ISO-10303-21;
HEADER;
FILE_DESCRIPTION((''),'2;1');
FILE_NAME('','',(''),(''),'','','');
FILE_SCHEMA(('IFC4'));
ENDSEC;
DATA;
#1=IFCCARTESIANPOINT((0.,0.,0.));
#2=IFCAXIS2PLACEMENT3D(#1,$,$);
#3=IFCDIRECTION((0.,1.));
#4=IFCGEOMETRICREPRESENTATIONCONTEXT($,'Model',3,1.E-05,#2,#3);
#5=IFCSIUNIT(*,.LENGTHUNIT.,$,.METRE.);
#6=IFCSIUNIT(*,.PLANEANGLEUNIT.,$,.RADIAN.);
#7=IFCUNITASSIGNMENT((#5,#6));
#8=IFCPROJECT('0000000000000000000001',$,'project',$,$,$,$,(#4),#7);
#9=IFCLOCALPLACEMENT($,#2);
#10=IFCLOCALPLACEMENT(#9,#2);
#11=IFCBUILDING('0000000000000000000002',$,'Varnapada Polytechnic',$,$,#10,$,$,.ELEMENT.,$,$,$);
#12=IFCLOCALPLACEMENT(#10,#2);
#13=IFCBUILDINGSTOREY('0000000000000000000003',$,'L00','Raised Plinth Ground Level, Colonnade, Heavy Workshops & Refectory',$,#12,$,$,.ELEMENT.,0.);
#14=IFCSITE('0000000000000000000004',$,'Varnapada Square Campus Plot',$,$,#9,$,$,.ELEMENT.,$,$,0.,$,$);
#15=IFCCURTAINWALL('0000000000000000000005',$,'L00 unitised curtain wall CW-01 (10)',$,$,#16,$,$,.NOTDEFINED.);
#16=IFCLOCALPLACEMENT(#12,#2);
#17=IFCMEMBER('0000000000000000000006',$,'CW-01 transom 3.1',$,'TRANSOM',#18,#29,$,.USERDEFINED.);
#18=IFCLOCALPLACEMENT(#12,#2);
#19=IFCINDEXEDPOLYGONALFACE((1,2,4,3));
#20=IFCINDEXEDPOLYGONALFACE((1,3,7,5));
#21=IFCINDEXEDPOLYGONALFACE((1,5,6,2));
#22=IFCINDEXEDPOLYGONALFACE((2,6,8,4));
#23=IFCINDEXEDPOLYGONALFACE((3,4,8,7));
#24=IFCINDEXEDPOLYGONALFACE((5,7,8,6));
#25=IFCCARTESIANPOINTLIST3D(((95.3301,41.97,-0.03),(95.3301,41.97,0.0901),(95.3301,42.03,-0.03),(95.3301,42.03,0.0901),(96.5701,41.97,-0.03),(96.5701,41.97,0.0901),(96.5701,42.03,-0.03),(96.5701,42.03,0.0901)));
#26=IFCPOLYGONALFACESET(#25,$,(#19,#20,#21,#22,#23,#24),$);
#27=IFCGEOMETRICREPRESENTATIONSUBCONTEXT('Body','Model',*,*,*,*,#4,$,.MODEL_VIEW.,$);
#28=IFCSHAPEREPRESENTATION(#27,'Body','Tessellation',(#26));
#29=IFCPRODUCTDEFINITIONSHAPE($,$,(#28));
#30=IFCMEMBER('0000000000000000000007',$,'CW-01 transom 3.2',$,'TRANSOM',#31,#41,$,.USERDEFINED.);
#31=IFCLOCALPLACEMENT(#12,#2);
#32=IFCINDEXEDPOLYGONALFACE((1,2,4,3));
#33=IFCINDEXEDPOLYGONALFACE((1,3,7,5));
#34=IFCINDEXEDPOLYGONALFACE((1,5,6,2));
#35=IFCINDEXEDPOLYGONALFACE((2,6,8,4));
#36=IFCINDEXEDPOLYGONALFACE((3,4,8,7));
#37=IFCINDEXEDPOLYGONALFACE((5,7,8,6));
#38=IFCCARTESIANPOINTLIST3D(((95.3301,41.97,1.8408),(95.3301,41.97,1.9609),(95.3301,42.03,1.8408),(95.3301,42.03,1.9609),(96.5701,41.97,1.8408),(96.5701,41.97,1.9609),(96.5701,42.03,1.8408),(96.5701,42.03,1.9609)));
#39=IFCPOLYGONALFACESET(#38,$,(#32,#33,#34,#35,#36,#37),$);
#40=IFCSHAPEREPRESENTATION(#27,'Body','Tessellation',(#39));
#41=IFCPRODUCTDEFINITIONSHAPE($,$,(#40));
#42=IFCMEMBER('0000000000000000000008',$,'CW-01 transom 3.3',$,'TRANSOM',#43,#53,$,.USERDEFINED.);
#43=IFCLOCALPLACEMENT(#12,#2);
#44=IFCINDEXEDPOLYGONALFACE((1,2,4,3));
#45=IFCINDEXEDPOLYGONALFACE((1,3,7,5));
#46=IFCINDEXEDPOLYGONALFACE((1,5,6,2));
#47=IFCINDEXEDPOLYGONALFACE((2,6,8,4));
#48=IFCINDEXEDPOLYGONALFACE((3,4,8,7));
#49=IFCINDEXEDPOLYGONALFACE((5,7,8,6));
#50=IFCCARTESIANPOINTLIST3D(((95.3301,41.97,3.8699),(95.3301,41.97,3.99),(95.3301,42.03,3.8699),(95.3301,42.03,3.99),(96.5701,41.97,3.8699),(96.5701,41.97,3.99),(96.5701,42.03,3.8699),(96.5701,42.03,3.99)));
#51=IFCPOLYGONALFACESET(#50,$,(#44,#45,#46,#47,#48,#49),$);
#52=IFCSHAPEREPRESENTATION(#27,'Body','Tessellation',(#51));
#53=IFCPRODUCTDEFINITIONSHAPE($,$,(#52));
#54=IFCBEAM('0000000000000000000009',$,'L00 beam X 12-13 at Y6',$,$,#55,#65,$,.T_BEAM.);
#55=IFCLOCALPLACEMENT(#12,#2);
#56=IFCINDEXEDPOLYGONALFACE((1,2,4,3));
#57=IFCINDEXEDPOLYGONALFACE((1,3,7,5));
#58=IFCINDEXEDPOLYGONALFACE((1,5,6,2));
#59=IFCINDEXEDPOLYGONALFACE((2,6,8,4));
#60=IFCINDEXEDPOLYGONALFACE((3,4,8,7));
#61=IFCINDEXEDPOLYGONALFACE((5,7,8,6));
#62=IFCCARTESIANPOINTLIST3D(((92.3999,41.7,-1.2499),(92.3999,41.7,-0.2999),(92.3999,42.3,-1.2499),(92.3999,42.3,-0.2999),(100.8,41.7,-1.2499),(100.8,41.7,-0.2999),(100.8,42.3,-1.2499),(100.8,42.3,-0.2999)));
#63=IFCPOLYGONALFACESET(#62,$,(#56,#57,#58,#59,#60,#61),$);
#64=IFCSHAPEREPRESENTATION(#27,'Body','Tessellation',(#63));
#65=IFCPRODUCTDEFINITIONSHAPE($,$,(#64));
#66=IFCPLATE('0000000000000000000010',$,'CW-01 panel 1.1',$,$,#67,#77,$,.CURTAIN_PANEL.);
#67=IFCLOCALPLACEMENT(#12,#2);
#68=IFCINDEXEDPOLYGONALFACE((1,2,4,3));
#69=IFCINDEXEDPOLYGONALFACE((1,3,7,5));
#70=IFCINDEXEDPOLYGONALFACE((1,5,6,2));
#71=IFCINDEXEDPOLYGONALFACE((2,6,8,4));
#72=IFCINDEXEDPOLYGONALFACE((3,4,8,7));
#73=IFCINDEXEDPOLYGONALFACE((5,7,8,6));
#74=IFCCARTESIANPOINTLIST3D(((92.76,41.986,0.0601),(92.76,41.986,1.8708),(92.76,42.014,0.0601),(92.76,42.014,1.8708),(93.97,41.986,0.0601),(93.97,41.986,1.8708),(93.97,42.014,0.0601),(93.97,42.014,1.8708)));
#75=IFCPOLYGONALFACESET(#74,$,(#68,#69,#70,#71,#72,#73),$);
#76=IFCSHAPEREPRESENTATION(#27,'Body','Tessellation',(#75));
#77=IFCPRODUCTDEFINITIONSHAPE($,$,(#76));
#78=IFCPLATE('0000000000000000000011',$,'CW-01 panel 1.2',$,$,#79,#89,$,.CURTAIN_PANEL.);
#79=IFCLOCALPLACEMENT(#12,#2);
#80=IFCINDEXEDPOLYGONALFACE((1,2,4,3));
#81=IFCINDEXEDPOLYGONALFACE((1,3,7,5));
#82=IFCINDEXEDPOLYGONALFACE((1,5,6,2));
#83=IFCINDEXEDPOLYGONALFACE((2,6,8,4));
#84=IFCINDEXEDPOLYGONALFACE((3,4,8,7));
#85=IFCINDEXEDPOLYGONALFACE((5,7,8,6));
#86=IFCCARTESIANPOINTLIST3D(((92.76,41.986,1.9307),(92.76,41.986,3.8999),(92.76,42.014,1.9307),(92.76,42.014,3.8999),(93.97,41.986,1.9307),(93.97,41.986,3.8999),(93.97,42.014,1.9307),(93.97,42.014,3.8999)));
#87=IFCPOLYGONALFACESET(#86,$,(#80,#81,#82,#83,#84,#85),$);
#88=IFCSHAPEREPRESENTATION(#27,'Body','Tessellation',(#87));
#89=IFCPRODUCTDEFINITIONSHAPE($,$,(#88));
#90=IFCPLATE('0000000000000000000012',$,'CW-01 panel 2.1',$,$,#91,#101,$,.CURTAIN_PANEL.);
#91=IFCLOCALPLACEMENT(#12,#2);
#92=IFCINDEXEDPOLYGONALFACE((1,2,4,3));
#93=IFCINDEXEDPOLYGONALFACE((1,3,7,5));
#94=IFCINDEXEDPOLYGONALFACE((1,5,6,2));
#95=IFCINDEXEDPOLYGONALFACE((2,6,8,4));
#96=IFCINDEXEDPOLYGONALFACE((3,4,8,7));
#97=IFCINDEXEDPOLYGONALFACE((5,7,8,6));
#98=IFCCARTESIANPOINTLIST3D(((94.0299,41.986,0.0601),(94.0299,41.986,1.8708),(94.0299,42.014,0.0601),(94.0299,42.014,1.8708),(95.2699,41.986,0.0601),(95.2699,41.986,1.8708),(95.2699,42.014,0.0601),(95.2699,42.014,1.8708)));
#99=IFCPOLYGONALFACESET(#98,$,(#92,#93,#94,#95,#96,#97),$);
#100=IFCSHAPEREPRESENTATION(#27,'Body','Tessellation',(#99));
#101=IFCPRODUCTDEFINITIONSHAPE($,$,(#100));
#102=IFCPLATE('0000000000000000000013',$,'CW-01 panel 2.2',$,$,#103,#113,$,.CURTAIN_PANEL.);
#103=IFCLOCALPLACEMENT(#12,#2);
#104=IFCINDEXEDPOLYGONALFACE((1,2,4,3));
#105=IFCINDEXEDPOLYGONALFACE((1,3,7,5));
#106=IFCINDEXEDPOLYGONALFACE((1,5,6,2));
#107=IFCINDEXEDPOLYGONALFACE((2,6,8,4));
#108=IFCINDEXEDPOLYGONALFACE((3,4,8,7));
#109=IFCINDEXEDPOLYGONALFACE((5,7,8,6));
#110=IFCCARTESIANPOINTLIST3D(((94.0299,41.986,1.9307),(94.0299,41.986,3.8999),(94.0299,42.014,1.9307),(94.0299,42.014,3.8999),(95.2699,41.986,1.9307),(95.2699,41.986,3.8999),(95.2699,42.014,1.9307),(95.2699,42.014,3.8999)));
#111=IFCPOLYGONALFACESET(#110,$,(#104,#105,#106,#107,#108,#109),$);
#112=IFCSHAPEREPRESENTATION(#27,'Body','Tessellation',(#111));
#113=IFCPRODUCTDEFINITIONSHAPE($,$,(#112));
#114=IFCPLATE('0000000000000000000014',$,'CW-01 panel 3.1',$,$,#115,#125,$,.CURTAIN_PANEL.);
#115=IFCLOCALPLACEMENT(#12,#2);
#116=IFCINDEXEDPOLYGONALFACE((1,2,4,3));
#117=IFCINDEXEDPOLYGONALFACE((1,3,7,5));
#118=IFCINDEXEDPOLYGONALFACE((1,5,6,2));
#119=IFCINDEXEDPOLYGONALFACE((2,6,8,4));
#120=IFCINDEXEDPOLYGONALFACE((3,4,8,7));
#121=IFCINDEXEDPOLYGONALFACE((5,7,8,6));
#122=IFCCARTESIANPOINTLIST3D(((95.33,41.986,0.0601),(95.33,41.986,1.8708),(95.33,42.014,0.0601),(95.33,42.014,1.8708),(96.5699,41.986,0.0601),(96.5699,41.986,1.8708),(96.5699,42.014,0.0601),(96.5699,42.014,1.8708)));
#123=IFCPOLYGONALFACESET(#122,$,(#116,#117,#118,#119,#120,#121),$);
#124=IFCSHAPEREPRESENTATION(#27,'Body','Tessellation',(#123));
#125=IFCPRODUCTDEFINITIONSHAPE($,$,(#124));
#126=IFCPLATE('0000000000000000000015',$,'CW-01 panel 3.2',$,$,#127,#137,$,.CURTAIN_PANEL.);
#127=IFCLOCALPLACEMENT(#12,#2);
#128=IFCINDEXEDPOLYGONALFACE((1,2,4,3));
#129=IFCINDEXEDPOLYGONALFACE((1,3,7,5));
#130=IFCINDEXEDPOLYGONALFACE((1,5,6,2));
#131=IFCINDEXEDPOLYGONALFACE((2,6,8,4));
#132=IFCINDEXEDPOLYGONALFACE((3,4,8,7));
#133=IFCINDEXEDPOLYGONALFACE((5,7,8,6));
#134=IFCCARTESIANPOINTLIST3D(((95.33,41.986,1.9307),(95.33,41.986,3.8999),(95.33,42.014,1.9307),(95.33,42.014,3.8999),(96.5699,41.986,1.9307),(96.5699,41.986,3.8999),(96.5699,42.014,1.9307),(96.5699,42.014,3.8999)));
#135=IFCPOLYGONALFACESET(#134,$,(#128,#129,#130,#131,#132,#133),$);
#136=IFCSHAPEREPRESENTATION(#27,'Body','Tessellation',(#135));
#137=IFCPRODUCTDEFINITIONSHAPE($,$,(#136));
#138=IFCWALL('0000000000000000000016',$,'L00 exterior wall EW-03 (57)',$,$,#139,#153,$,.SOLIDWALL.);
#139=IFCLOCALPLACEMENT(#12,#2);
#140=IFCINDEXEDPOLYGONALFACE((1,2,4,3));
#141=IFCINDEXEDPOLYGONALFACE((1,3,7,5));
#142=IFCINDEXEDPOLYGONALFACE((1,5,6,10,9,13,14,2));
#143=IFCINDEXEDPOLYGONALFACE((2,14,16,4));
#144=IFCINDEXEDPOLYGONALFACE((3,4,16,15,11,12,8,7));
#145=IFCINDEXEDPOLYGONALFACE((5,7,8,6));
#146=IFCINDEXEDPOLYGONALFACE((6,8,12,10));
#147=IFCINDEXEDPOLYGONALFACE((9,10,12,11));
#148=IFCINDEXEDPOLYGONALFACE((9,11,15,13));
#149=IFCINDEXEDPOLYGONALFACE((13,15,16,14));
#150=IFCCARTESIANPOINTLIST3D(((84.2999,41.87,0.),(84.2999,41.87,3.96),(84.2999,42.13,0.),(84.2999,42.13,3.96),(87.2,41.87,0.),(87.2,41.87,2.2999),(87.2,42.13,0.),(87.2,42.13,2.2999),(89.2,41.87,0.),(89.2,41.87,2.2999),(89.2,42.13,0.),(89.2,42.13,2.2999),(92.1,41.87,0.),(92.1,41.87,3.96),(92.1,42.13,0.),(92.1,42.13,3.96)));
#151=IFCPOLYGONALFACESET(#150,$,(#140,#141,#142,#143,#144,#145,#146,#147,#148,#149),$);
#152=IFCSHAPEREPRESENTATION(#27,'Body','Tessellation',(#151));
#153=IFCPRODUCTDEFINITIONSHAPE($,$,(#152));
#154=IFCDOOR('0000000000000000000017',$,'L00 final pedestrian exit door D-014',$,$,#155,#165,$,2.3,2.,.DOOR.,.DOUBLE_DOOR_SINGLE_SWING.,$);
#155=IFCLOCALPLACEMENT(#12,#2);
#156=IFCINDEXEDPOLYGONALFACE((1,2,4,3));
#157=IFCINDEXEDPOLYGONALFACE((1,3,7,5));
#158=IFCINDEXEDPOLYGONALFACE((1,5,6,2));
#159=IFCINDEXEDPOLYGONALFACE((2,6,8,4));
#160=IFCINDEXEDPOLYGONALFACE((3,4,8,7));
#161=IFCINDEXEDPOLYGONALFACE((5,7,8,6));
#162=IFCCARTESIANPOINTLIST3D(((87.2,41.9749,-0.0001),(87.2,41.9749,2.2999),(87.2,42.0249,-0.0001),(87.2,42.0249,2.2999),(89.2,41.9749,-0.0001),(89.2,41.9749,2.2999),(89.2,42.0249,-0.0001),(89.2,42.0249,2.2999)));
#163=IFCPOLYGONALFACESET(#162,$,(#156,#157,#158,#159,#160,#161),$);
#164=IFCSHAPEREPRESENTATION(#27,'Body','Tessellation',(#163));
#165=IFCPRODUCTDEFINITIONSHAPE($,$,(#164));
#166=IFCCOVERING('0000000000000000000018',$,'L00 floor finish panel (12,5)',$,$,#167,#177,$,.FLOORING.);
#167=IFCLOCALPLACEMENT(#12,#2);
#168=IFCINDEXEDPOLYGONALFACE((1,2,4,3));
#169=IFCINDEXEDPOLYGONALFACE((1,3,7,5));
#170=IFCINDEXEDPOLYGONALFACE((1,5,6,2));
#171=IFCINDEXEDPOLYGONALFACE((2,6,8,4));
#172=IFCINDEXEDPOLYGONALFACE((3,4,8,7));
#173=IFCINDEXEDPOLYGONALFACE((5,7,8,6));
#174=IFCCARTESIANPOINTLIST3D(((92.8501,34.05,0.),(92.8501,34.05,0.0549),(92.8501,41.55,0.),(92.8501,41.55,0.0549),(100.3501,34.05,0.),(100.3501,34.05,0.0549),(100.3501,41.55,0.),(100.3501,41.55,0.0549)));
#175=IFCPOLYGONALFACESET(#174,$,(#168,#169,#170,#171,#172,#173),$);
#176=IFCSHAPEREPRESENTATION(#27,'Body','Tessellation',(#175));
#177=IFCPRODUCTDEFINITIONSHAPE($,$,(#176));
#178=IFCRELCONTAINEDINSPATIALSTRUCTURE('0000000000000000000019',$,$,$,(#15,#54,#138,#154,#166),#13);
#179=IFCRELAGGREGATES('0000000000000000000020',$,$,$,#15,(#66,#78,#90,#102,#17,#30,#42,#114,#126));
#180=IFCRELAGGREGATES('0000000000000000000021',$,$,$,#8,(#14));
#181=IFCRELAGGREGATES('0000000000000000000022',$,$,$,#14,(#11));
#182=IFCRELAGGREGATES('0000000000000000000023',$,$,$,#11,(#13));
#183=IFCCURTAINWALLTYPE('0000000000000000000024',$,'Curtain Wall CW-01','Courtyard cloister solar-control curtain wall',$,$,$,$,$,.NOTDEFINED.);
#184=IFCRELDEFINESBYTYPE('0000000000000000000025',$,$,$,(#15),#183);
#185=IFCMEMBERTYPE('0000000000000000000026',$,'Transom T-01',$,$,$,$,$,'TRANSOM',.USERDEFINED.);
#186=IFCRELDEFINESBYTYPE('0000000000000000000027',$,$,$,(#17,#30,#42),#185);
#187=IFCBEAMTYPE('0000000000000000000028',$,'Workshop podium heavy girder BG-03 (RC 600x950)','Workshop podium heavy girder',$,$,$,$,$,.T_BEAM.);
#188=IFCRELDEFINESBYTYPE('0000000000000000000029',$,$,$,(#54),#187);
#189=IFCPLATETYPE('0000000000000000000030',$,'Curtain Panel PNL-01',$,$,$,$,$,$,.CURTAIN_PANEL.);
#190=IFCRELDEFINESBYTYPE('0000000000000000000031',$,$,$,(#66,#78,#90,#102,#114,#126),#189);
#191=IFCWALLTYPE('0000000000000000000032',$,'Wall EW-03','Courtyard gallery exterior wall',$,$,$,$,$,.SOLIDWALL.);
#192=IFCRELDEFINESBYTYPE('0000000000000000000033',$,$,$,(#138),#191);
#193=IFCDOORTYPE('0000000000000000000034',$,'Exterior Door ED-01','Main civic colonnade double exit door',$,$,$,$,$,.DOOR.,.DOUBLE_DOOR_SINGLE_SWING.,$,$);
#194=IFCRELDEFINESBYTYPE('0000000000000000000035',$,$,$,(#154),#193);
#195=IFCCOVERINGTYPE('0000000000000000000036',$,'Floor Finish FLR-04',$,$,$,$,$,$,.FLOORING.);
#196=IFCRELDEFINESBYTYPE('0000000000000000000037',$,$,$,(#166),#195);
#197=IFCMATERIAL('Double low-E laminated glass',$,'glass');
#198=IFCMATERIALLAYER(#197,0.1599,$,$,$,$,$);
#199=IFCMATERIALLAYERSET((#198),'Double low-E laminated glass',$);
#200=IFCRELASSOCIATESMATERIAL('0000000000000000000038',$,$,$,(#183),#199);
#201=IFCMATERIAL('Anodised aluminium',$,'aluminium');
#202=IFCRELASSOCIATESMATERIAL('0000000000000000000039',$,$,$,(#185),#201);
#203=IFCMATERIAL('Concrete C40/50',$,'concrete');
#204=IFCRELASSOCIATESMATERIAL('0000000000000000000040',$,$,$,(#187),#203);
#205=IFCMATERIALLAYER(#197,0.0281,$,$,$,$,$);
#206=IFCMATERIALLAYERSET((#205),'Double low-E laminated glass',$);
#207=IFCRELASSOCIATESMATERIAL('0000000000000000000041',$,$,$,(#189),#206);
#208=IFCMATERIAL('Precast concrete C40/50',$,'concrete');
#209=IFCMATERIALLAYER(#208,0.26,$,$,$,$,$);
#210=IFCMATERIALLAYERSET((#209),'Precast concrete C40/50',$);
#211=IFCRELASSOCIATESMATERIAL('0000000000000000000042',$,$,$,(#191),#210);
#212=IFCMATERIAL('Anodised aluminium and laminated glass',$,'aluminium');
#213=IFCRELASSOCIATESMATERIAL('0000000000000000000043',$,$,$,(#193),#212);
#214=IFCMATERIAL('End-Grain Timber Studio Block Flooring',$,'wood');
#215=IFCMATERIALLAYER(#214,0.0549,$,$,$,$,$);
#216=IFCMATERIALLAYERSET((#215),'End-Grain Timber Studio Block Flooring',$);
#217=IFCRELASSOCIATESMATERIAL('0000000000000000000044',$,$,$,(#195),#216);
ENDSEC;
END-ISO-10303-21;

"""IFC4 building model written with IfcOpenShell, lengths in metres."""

from ifc_helpers import new_model, si_unit, direction, frame, frame_2d, origin, origin_2d, place, context, subcontext, project, spatial, rectangle, extrude, material, layer, layer_set, material_profile, profile_set, type_object, element, fill, aggregate, save


model = new_model("IFC4")

# Units and contexts
model_context = context("Model", 3, precision=1e-05, world=origin(), true_north=direction((0.0, 1.0)))
body_context = subcontext(model_context, "Body", "Model", "MODEL_VIEW")
ifc_project = project(units=[si_unit("LENGTHUNIT", "METRE"), si_unit("PLANEANGLEUNIT", "RADIAN")], contexts=[model_context])

# Site, building, storey
site_placement = place(None, origin())
site = spatial("IfcSite", under=ifc_project, at=site_placement, Name="Varnapada Square Campus Plot", CompositionType="ELEMENT", RefElevation=0.0)
building_placement = place(site_placement, origin())
building = spatial("IfcBuilding", under=site, at=building_placement, Name="Varnapada Polytechnic", CompositionType="ELEMENT")
storey_placement = place(building_placement, origin())
storey = spatial("IfcBuildingStorey", under=building, at=storey_placement, Name="L00", Description="Raised Plinth Ground Level, Colonnade, Heavy Workshops & Refectory", CompositionType="ELEMENT", Elevation=0.0)

# Shared definitions
ifc_material_1 = material(Name="Concrete C40/50", Category="concrete")

# Curtain wall
ifc_material_2 = material(Name="Double low-E laminated glass", Category="glass")
ifc_layer_1 = layer(ifc_material_2, 0.1599)
ifc_layer_set_1 = layer_set([ifc_layer_1], Name="Double low-E laminated glass")
curtain_wall_type = type_object("IfcCurtainWallType", Name="Curtain Wall CW-01", Description="Courtyard cloister solar-control curtain wall", PredefinedType="NOTDEFINED", material=ifc_layer_set_1)
curtain_wall_placement = place(storey_placement, origin())
curtain_wall = element("IfcCurtainWall", 1, at=curtain_wall_placement, inside=storey, type_object=curtain_wall_type, Name="L00 unitised curtain wall CW-01 (10)", PredefinedType="NOTDEFINED")
ifc_material_3 = material(Name="Anodised aluminium", Category="aluminium")

# Members
ifc_material_profile_1 = material_profile(ifc_material_3, rectangle(XDim=0.0601, YDim=0.1201, at=origin_2d()), Name="ALU T60x120")
ifc_profile_set_1 = profile_set([ifc_material_profile_1], Name="Anodised aluminium")
member_type_1 = type_object("IfcMemberType", Name="Transom T-01", ElementType="TRANSOM", PredefinedType="USERDEFINED", material=ifc_profile_set_1)
member_1_placement = place(storey_placement, frame((95.3301, 42.0, 0.03), z_axis=(1.0, 0.0, 0.0), x_axis=(0.0, 1.0, 0.0)))
member_1 = element("IfcMember", 2, at=member_1_placement, type_object=member_type_1, Name="CW-01 transom 3.1", ObjectType="TRANSOM", PredefinedType="USERDEFINED", context=body_context, shape_type="SweptSolid", body=[
    extrude(rectangle(XDim=0.0601, YDim=0.1201, at=origin_2d()), origin(), (0.0, 0.0, 1.0), 1.24),
])
member_2_placement = place(storey_placement, frame((95.3301, 42.0, 1.9009), z_axis=(1.0, 0.0, 0.0), x_axis=(0.0, 1.0, 0.0)))
member_2 = element("IfcMember", 3, at=member_2_placement, type_object=member_type_1, Name="CW-01 transom 3.2", ObjectType="TRANSOM", PredefinedType="USERDEFINED", context=body_context, shape_type="SweptSolid", body=[
    extrude(rectangle(XDim=0.0601, YDim=0.1201, at=origin_2d()), origin(), (0.0, 0.0, 1.0), 1.24),
])
member_3_placement = place(storey_placement, frame((95.3301, 42.0, 3.9299), z_axis=(1.0, 0.0, 0.0), x_axis=(0.0, 1.0, 0.0)))
member_3 = element("IfcMember", 4, at=member_3_placement, type_object=member_type_1, Name="CW-01 transom 3.3", ObjectType="TRANSOM", PredefinedType="USERDEFINED", context=body_context, shape_type="SweptSolid", body=[
    extrude(rectangle(XDim=0.0601, YDim=0.1201, at=origin_2d()), origin(), (0.0, 0.0, 1.0), 1.24),
])

# Beam
ifc_material_profile_2 = material_profile(ifc_material_1, rectangle(XDim=0.6001, YDim=0.95, at=origin_2d()), Name="RC 600x950")
ifc_profile_set_2 = profile_set([ifc_material_profile_2], Name="Concrete C40/50")
beam_type_1 = type_object("IfcBeamType", Name="Workshop podium heavy girder BG-03 (RC 600x950)", Description="Workshop podium heavy girder", PredefinedType="T_BEAM", material=ifc_profile_set_2)
beam_1_placement = place(storey_placement, frame((92.3999, 42.0, -0.7749), z_axis=(1.0, 0.0, 0.0), x_axis=(0.0, 1.0, 0.0)))
element("IfcBeam", 5, at=beam_1_placement, inside=storey, type_object=beam_type_1, Name="L00 beam X 12-13 at Y6", PredefinedType="T_BEAM", context=body_context, shape_type="SweptSolid", body=[
    extrude(rectangle(XDim=0.6001, YDim=0.95, at=origin_2d()), origin(), (0.0, 0.0, 1.0), 8.4001),
])

# Plates
ifc_layer_2 = layer(ifc_material_2, 0.0281)
ifc_layer_set_2 = layer_set([ifc_layer_2], Name="Double low-E laminated glass")
plate_type = type_object("IfcPlateType", Name="Curtain Panel PNL-01", PredefinedType="CURTAIN_PANEL", material=ifc_layer_set_2)
plate_1_placement = place(storey_placement, frame((93.365, 42.0, 0.0601), z_axis=(0.0, 0.0, 1.0), x_axis=(1.0, 0.0, 0.0)))
plate_1 = element("IfcPlate", 6, at=plate_1_placement, type_object=plate_type, Name="CW-01 panel 1.1", PredefinedType="CURTAIN_PANEL", context=body_context, shape_type="SweptSolid", body=[
    extrude(rectangle(XDim=1.21, YDim=0.0281, at=origin_2d()), origin(), (0.0, 0.0, 1.0), 1.8108),
])
plate_2_placement = place(storey_placement, frame((93.365, 42.0, 1.9307), z_axis=(0.0, 0.0, 1.0), x_axis=(1.0, 0.0, 0.0)))
plate_2 = element("IfcPlate", 7, at=plate_2_placement, type_object=plate_type, Name="CW-01 panel 1.2", PredefinedType="CURTAIN_PANEL", context=body_context, shape_type="SweptSolid", body=[
    extrude(rectangle(XDim=1.21, YDim=0.0281, at=origin_2d()), origin(), (0.0, 0.0, 1.0), 1.9692),
])
plate_3_placement = place(storey_placement, frame((94.6499, 42.0, 0.0601), z_axis=(0.0, 0.0, 1.0), x_axis=(1.0, 0.0, 0.0)))
plate_3 = element("IfcPlate", 8, at=plate_3_placement, type_object=plate_type, Name="CW-01 panel 2.1", PredefinedType="CURTAIN_PANEL", context=body_context, shape_type="SweptSolid", body=[
    extrude(rectangle(XDim=1.24, YDim=0.0281, at=origin_2d()), origin(), (0.0, 0.0, 1.0), 1.8108),
])
plate_4_placement = place(storey_placement, frame((94.6499, 42.0, 1.9307), z_axis=(0.0, 0.0, 1.0), x_axis=(1.0, 0.0, 0.0)))
plate_4 = element("IfcPlate", 9, at=plate_4_placement, type_object=plate_type, Name="CW-01 panel 2.2", PredefinedType="CURTAIN_PANEL", context=body_context, shape_type="SweptSolid", body=[
    extrude(rectangle(XDim=1.24, YDim=0.0281, at=origin_2d()), origin(), (0.0, 0.0, 1.0), 1.9692),
])
plate_5_placement = place(storey_placement, frame((95.95, 42.0, 0.0601), z_axis=(0.0, 0.0, 1.0), x_axis=(1.0, 0.0, 0.0)))
plate_5 = element("IfcPlate", 10, at=plate_5_placement, type_object=plate_type, Name="CW-01 panel 3.1", PredefinedType="CURTAIN_PANEL", context=body_context, shape_type="SweptSolid", body=[
    extrude(rectangle(XDim=1.24, YDim=0.0281, at=origin_2d()), origin(), (0.0, 0.0, 1.0), 1.8108),
])
plate_6_placement = place(storey_placement, frame((95.95, 42.0, 1.9307), z_axis=(0.0, 0.0, 1.0), x_axis=(1.0, 0.0, 0.0)))
plate_6 = element("IfcPlate", 11, at=plate_6_placement, type_object=plate_type, Name="CW-01 panel 3.2", PredefinedType="CURTAIN_PANEL", context=body_context, shape_type="SweptSolid", body=[
    extrude(rectangle(XDim=1.24, YDim=0.0281, at=origin_2d()), origin(), (0.0, 0.0, 1.0), 1.9692),
])
aggregate(curtain_wall, [plate_1, plate_2, plate_3, plate_4, member_1, member_2, member_3, plate_5, plate_6])

# Wall, opening, door
ifc_material_4 = material(Name="Precast concrete C40/50", Category="concrete")
ifc_layer_3 = layer(ifc_material_4, 0.26)
ifc_layer_set_3 = layer_set([ifc_layer_3], Name="Precast concrete C40/50")
wall_type = type_object("IfcWallType", Name="Wall EW-03", Description="Courtyard gallery exterior wall", PredefinedType="SOLIDWALL", material=ifc_layer_set_3)
wall_placement = place(storey_placement, frame((84.3, 42.0, 0.0), z_axis=(0.0, 0.0, 1.0), x_axis=(1.0, 0.0, 0.0)))
wall = element("IfcWall", 12, at=wall_placement, inside=storey, type_object=wall_type, Name="L00 exterior wall EW-03 (57)", PredefinedType="SOLIDWALL", context=body_context, shape_type="SweptSolid", body=[
    extrude(rectangle(XDim=7.8, YDim=0.26, at=frame_2d((3.8999, 0.0))), origin(), (0.0, 0.0, 1.0), 3.96),
])
opening_placement = place(wall_placement, frame((2.8999, 0.0, 0.0)))
opening = element("IfcOpeningElement", 13, at=opening_placement, cuts=wall, PredefinedType="OPENING", context=body_context, shape_type="SweptSolid", body=[
    extrude(rectangle(XDim=2.0, YDim=2.3, at=frame_2d((1.0, 1.1499))), frame((0.0, 0.1399, 0.0), z_axis=(0.0, -1.0, 0.0), x_axis=(1.0, 0.0, 0.0)), (0.0, 0.0, 1.0), 0.28),
])
ifc_material_5 = material(Name="Anodised aluminium and laminated glass", Category="aluminium")
door_type = type_object("IfcDoorType", Name="Exterior Door ED-01", Description="Main civic colonnade double exit door", OperationType="DOUBLE_DOOR_SINGLE_SWING", PredefinedType="DOOR", material=ifc_material_5)
door_placement = place(opening_placement, origin())
door = element("IfcDoor", 14, at=door_placement, inside=storey, type_object=door_type, Name="L00 final pedestrian exit door D-014", OperationType="DOUBLE_DOOR_SINGLE_SWING", OverallHeight=2.3, OverallWidth=2.0, PredefinedType="DOOR", context=body_context, shape_type="SweptSolid", body=[
    extrude(rectangle(XDim=2.0, YDim=2.3, at=frame_2d((1.0, 1.1499))), frame((0.0, 0.0249, 0.0), z_axis=(0.0, -1.0, 0.0), x_axis=(1.0, 0.0, 0.0)), (0.0, 0.0, 1.0), 0.05),
])
fill(opening, door)

# Covering
ifc_material_6 = material(Name="End-Grain Timber Studio Block Flooring", Category="wood")
ifc_layer_4 = layer(ifc_material_6, 0.0549)
ifc_layer_set_4 = layer_set([ifc_layer_4], Name="End-Grain Timber Studio Block Flooring")
covering_type = type_object("IfcCoveringType", Name="Floor Finish FLR-04", PredefinedType="FLOORING", material=ifc_layer_set_4)
covering_placement = place(storey_placement, frame((96.6001, 37.8, 0.0), z_axis=(0.0, 0.0, 1.0), x_axis=(1.0, 0.0, 0.0)))
element("IfcCovering", 15, at=covering_placement, inside=storey, type_object=covering_type, Name="L00 floor finish panel (12,5)", PredefinedType="FLOORING", context=body_context, shape_type="SweptSolid", body=[
    extrude(rectangle(XDim=7.5, YDim=7.5, at=origin_2d()), origin(), (0.0, 0.0, 1.0), 0.0549),
])

save(model, "model.ifc")
